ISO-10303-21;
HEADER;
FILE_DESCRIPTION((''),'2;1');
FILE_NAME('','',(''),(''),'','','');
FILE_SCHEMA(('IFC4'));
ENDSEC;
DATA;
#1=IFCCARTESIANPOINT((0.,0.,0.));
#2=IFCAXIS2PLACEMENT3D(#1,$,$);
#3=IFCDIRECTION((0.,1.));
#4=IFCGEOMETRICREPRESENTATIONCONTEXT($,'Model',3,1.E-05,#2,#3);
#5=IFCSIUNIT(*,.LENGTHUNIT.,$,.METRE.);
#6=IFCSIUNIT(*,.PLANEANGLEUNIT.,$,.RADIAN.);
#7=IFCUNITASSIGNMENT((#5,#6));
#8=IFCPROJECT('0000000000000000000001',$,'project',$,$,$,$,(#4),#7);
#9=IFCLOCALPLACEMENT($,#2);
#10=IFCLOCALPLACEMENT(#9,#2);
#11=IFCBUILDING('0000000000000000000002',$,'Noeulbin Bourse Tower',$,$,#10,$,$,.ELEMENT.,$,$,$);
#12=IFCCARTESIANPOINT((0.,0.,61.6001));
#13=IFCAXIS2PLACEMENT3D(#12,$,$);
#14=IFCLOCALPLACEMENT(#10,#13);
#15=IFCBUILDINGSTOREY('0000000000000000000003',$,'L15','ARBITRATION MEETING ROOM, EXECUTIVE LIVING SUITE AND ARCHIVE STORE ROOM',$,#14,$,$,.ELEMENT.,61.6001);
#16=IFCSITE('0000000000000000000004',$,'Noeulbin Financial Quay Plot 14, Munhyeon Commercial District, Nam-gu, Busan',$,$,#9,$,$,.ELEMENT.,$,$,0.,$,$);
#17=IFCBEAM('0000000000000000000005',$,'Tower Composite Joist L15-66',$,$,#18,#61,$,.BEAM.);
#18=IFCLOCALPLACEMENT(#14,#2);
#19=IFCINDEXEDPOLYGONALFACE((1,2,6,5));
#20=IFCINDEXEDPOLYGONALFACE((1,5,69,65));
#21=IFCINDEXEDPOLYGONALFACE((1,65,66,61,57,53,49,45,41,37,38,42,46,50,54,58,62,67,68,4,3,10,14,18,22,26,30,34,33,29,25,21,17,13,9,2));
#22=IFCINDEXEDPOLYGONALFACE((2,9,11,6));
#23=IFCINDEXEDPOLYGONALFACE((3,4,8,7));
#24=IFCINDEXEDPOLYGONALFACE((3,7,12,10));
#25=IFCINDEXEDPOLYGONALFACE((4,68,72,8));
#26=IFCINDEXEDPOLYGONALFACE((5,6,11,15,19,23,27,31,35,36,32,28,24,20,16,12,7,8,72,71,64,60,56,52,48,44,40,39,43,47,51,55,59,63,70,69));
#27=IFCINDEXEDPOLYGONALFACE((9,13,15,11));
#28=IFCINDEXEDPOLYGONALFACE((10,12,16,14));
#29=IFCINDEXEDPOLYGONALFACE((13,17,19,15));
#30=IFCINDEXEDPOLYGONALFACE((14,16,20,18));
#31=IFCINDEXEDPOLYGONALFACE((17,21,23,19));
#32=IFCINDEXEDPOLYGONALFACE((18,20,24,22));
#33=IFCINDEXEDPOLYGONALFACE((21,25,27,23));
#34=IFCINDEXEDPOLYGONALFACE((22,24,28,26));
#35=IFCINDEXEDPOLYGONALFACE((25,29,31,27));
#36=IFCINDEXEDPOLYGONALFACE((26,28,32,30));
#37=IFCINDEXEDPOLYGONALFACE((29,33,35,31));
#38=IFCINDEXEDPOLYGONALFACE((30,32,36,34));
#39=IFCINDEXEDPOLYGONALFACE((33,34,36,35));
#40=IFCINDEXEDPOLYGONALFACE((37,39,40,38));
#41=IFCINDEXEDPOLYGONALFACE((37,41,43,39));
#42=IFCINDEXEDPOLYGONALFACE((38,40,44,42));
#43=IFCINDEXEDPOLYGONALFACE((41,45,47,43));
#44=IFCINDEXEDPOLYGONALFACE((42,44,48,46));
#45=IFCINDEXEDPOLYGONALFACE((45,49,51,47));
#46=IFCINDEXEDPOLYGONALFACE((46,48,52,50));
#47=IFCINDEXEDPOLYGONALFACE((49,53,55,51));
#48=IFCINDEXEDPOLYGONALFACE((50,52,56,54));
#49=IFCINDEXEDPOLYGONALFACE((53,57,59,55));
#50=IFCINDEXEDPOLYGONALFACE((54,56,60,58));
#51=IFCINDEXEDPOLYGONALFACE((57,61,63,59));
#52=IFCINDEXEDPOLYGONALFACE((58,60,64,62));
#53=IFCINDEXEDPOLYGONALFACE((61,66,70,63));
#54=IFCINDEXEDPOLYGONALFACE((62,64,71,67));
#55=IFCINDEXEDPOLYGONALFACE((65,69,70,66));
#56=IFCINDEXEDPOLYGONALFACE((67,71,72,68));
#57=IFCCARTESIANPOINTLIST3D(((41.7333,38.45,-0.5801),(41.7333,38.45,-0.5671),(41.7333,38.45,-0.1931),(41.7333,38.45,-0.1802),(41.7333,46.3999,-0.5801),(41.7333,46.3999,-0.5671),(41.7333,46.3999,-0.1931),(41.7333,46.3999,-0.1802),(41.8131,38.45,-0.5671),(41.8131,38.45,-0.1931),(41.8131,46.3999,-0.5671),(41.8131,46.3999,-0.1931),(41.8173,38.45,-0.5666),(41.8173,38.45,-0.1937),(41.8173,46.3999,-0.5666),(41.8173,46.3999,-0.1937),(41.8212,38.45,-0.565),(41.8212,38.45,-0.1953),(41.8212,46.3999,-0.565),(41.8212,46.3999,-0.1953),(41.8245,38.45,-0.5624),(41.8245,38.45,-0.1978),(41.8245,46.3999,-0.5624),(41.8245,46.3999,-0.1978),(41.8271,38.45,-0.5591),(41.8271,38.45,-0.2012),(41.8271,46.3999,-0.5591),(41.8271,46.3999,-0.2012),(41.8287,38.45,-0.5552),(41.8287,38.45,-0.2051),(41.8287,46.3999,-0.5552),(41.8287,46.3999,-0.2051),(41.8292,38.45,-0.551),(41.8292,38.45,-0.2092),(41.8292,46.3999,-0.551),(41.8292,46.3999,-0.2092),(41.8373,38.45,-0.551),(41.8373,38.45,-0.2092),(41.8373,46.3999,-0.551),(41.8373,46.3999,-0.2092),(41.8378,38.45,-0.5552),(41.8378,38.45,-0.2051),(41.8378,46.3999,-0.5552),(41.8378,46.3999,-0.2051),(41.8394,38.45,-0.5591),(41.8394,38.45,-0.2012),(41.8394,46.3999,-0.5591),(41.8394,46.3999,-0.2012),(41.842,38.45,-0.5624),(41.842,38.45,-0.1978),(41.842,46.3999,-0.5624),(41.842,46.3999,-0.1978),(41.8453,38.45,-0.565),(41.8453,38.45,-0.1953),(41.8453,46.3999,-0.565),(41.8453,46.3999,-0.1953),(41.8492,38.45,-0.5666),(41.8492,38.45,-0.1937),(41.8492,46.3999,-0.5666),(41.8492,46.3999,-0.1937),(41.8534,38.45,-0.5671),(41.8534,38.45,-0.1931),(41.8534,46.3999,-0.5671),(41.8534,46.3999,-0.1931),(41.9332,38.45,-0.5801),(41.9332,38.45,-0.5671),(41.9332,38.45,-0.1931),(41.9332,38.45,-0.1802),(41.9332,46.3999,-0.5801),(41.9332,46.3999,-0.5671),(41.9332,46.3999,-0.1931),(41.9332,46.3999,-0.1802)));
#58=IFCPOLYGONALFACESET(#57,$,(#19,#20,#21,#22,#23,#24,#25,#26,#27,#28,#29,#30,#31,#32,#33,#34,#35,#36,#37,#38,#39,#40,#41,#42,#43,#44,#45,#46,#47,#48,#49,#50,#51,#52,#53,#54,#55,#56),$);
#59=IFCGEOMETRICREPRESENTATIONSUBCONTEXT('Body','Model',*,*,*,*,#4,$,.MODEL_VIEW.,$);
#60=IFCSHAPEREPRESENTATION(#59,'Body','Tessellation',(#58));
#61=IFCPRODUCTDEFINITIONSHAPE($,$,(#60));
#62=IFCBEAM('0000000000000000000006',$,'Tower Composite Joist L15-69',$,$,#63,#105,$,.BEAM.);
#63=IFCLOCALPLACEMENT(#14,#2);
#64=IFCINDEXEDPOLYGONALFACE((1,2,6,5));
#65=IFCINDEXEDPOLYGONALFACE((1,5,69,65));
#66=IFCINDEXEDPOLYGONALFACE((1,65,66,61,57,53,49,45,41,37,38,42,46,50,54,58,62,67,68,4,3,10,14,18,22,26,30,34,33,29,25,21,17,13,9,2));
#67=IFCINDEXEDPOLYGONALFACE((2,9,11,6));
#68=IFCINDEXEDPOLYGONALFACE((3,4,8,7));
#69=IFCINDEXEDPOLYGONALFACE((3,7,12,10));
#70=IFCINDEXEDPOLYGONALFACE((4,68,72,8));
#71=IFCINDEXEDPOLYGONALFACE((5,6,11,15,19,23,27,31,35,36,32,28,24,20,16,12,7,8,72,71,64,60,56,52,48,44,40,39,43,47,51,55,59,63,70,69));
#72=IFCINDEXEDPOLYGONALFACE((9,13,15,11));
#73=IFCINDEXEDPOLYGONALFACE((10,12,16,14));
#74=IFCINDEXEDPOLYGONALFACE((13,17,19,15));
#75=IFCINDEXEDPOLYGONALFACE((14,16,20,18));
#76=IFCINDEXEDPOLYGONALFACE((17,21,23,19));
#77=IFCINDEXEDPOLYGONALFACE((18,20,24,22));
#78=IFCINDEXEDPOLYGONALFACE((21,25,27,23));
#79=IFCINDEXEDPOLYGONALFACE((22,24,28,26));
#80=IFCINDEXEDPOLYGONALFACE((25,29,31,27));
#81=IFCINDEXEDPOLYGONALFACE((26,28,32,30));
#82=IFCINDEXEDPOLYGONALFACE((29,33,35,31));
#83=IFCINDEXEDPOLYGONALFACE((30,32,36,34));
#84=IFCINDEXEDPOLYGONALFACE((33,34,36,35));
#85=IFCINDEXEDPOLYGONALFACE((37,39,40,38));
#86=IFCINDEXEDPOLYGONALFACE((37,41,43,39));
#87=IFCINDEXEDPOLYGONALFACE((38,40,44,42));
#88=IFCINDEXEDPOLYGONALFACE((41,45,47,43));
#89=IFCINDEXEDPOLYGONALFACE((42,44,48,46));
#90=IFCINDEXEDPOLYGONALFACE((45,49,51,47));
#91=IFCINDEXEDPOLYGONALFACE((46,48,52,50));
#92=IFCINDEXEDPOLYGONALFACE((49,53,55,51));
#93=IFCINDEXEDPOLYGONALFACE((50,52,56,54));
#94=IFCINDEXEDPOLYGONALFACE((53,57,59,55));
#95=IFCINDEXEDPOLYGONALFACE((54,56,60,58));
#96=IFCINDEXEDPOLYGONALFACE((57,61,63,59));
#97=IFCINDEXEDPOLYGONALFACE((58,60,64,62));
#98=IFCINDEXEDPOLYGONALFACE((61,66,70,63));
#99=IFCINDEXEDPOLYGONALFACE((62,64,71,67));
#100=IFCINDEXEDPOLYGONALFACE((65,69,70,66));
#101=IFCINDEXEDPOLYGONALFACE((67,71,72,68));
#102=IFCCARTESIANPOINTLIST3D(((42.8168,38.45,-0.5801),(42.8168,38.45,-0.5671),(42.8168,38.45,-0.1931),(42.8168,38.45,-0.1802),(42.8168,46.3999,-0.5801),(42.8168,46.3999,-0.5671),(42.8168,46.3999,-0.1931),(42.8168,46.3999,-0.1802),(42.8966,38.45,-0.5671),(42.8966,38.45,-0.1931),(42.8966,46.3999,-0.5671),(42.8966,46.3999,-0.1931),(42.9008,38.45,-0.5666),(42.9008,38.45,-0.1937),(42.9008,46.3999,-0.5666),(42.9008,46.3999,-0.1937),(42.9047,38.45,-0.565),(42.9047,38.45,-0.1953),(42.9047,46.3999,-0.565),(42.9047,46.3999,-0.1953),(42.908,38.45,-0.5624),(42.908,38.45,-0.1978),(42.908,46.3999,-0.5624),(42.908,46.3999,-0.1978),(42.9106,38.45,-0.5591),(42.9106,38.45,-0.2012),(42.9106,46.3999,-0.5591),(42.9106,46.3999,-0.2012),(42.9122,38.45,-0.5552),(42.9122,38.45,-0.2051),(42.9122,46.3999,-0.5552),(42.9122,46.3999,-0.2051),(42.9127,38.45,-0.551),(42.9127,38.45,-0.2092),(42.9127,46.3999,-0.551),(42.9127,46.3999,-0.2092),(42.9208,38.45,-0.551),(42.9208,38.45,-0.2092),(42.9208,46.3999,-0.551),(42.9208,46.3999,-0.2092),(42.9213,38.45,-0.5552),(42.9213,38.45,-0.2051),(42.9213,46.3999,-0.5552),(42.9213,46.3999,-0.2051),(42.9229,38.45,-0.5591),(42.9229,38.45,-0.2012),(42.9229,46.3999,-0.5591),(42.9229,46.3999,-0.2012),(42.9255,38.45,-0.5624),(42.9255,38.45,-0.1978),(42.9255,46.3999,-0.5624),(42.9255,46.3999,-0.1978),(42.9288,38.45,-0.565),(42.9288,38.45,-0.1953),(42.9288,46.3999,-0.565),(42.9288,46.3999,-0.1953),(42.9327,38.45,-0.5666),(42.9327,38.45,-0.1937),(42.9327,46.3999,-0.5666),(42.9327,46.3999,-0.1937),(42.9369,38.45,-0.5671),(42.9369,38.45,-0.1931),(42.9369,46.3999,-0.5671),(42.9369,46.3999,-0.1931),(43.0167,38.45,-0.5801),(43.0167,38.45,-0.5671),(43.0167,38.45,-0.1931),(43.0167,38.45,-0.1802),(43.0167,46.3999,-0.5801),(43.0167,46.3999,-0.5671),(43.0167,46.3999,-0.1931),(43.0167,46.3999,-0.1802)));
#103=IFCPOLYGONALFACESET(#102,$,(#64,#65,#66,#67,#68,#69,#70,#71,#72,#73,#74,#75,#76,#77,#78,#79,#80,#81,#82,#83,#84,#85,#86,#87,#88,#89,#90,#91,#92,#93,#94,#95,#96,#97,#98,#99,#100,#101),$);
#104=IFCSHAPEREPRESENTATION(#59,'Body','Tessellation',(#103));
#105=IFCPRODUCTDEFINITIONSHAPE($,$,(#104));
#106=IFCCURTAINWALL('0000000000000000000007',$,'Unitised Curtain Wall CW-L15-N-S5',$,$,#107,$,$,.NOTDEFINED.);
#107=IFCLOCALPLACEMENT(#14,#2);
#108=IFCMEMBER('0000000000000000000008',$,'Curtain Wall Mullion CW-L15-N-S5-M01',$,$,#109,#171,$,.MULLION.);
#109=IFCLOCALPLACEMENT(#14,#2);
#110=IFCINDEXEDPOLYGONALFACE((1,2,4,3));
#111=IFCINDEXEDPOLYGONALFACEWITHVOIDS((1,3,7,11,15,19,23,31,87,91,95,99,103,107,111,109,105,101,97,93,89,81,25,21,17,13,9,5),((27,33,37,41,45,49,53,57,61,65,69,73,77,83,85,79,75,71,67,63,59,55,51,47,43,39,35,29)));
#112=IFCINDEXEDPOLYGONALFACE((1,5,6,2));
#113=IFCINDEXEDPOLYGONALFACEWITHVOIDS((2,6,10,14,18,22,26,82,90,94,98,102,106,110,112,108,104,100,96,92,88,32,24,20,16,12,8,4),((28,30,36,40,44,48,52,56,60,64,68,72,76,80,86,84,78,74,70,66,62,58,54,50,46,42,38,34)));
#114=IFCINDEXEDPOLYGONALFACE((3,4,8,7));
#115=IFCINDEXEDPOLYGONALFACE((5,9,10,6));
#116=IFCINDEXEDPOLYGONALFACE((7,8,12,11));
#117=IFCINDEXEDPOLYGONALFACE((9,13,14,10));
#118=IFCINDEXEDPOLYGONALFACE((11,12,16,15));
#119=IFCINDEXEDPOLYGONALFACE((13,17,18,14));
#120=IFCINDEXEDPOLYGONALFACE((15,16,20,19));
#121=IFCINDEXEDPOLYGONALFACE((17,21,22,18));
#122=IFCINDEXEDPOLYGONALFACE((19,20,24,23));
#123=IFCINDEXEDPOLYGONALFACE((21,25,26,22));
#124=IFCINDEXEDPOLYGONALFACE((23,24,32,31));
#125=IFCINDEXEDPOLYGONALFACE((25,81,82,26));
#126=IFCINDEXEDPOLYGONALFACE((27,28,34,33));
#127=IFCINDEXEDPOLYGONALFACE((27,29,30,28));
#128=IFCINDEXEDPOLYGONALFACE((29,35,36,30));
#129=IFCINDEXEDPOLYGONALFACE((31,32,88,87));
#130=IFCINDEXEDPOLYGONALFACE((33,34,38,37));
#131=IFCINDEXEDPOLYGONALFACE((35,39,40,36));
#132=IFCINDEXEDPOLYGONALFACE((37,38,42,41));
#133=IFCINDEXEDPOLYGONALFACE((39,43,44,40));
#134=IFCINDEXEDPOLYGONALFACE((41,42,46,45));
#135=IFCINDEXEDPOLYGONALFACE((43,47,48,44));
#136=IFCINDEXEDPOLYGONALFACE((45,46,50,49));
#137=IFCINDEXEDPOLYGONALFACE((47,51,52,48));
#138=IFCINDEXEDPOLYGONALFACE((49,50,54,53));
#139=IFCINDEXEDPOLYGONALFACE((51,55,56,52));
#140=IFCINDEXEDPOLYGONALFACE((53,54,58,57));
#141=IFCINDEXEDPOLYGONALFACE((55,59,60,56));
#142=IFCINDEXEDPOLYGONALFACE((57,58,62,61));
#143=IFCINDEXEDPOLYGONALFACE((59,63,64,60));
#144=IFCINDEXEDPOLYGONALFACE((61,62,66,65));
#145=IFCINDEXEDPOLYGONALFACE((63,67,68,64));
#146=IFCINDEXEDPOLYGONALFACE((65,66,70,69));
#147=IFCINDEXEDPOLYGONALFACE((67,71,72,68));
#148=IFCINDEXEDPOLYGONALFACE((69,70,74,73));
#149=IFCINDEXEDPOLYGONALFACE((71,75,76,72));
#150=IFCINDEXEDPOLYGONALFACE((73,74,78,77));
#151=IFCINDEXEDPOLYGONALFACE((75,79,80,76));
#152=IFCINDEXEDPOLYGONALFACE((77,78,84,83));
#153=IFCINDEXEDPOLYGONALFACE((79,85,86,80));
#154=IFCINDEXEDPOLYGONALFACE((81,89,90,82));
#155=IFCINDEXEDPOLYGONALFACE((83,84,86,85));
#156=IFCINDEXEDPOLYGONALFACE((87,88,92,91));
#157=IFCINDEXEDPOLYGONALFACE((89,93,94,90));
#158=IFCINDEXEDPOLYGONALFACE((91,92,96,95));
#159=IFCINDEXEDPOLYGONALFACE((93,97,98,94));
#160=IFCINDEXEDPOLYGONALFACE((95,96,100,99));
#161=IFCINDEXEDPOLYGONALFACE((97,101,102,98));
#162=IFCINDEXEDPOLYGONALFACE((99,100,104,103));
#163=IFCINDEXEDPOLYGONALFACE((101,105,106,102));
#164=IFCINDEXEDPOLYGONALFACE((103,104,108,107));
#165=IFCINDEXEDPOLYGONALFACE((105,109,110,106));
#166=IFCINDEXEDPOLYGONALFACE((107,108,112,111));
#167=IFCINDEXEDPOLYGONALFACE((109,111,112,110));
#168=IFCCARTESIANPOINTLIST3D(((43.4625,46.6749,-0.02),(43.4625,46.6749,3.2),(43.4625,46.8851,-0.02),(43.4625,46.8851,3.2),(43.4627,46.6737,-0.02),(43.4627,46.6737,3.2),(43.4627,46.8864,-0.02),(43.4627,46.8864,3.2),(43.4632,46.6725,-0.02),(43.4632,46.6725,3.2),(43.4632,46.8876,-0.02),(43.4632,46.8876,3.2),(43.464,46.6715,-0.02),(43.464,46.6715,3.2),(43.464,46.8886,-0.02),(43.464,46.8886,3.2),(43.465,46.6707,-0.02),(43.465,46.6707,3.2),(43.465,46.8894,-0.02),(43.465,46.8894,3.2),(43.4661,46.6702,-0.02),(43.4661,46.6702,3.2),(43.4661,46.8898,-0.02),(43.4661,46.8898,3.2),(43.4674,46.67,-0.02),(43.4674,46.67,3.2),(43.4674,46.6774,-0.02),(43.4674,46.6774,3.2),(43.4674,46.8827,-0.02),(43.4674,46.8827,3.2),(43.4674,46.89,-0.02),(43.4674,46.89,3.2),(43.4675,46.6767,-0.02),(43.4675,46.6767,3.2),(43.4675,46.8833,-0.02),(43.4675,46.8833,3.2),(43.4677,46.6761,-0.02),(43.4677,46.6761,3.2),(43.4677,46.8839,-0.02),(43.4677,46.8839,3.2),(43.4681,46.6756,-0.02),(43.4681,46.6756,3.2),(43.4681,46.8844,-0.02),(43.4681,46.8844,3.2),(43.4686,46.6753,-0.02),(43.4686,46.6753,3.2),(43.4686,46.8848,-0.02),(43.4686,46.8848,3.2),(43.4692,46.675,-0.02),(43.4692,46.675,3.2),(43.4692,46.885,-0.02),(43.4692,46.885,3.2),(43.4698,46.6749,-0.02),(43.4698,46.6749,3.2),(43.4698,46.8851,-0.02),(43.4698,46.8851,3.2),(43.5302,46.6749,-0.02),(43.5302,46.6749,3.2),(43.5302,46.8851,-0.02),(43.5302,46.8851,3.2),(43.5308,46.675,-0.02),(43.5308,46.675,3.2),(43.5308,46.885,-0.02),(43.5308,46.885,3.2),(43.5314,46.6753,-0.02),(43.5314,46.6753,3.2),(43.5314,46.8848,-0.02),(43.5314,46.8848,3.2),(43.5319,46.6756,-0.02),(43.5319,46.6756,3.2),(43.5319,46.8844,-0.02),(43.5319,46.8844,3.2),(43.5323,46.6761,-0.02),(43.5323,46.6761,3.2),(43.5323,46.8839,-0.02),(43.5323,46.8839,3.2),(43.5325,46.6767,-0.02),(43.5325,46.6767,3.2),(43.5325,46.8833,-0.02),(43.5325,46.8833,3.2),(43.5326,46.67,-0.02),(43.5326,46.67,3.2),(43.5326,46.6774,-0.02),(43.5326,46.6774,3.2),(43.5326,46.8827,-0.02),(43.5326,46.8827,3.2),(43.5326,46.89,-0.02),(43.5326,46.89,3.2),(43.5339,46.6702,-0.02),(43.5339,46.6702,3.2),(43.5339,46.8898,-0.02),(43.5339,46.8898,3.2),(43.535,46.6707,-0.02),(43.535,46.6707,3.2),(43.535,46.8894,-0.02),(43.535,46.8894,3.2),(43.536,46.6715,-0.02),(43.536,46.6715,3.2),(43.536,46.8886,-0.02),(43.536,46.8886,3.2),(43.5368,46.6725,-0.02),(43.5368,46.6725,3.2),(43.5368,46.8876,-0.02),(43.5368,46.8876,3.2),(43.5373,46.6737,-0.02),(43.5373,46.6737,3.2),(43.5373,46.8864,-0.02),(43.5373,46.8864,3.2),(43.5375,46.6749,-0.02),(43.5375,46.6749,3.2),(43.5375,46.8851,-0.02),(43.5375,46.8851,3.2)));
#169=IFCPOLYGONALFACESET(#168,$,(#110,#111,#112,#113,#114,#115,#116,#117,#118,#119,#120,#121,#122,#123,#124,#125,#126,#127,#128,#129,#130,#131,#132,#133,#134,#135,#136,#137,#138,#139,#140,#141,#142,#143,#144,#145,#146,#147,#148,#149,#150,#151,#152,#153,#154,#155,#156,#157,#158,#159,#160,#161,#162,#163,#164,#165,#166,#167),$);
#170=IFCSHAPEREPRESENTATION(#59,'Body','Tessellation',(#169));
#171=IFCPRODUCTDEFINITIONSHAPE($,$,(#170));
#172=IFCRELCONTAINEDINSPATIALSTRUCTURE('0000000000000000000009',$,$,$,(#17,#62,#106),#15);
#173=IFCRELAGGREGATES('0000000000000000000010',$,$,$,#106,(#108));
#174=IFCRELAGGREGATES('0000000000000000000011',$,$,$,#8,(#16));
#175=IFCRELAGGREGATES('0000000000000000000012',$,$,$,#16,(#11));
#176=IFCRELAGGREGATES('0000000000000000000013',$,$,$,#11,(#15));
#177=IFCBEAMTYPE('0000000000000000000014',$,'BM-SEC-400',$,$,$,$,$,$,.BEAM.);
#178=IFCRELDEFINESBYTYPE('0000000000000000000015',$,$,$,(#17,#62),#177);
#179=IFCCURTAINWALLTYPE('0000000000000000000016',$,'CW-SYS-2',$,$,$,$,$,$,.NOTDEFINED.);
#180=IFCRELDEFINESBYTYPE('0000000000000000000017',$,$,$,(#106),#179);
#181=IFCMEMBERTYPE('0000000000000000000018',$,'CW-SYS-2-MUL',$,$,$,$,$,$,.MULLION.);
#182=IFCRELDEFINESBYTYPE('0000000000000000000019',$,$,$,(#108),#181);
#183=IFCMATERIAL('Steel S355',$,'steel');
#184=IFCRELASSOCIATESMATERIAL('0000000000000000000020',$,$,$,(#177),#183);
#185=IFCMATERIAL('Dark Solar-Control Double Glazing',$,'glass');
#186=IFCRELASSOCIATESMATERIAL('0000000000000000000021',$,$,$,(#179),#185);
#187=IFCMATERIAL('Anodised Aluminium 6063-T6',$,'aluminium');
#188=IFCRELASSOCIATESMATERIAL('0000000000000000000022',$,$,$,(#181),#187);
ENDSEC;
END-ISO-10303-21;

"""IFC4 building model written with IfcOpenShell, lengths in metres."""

from ifc_helpers import new_model, si_unit, direction, frame, origin, origin_2d, place, context, subcontext, project, spatial, hollow_rectangle, i_section, extrude, material, material_profile, profile_set, type_object, element, aggregate, save


model = new_model("IFC4")

# Units and contexts
model_context = context("Model", 3, precision=1e-05, world=origin(), true_north=direction((0.0, 1.0)))
body_context = subcontext(model_context, "Body", "Model", "MODEL_VIEW")
ifc_project = project(units=[si_unit("LENGTHUNIT", "METRE"), si_unit("PLANEANGLEUNIT", "RADIAN")], contexts=[model_context])

# Site, building, storey
site_placement = place(None, origin())
site = spatial("IfcSite", under=ifc_project, at=site_placement, Name="Noeulbin Financial Quay Plot 14, Munhyeon Commercial District, Nam-gu, Busan", CompositionType="ELEMENT", RefElevation=0.0)
building_placement = place(site_placement, origin())
building = spatial("IfcBuilding", under=site, at=building_placement, Name="Noeulbin Bourse Tower", CompositionType="ELEMENT")
storey_placement = place(building_placement, frame((0.0, 0.0, 61.6001)))
storey = spatial("IfcBuildingStorey", under=building, at=storey_placement, Name="L15", Description="ARBITRATION MEETING ROOM, EXECUTIVE LIVING SUITE AND ARCHIVE STORE ROOM", CompositionType="ELEMENT", Elevation=61.6001)

# Beams
ifc_material_1 = material(Name="Steel S355", Category="steel")
ifc_material_profile_1 = material_profile(ifc_material_1, i_section(OverallWidth=0.2, OverallDepth=0.3999, WebThickness=0.0081, FlangeThickness=0.0129, FilletRadius=0.0161, at=origin_2d()), Name="H-400x200x8x13", Category="LoadBearing")
ifc_profile_set_1 = profile_set([ifc_material_profile_1], Name="Steel S355")
beam_type_1 = type_object("IfcBeamType", Name="BM-SEC-400", PredefinedType="BEAM", material=ifc_profile_set_1)
for number, where, z_axis, x_axis, name in (
    (1, (41.8333, 38.45, -0.3801), (0.0, 1.0, 0.0), (-1.0, 0.0, 0.0), "Tower Composite Joist L15-66"),
    (2, (42.9167, 38.45, -0.3801), (0.0, 1.0, 0.0), (-1.0, 0.0, 0.0), "Tower Composite Joist L15-69"),
):
    element("IfcBeam", number, at=place(storey_placement, frame(where, z_axis=z_axis, x_axis=x_axis)), inside=storey, type_object=beam_type_1, Name=name, PredefinedType="BEAM", context=body_context, shape_type="SweptSolid", body=[
        extrude(i_section(OverallWidth=0.2, OverallDepth=0.3999, WebThickness=0.0081, FlangeThickness=0.0129, FilletRadius=0.0161, at=origin_2d()), origin(), (0.0, 0.0, 1.0), 7.95),
    ])

# Curtain wall, member
ifc_material_2 = material(Name="Dark Solar-Control Double Glazing", Category="glass")
curtain_wall_type = type_object("IfcCurtainWallType", Name="CW-SYS-2", PredefinedType="NOTDEFINED", material=ifc_material_2)
curtain_wall_1_placement = place(storey_placement, origin())
curtain_wall_1 = element("IfcCurtainWall", 3, at=curtain_wall_1_placement, inside=storey, type_object=curtain_wall_type, Name="Unitised Curtain Wall CW-L15-N-S5", PredefinedType="NOTDEFINED")
ifc_material_3 = material(Name="Anodised Aluminium 6063-T6", Category="aluminium")
ifc_material_profile_2 = material_profile(ifc_material_3, hollow_rectangle(XDim=0.075, YDim=0.22, WallThickness=0.0049, InnerFilletRadius=0.0024, OuterFilletRadius=0.0049, at=origin_2d()), Name="ALU-MULL-75x220x5", Category="LoadBearing")
ifc_profile_set_2 = profile_set([ifc_material_profile_2], Name="Anodised Aluminium 6063-T6")
member_type_1 = type_object("IfcMemberType", Name="CW-SYS-2-MUL", PredefinedType="MULLION", material=ifc_profile_set_2)
member_1_placement = place(storey_placement, frame((43.5, 46.78, -0.02), z_axis=(0.0, 0.0, 1.0), x_axis=(1.0, 0.0, 0.0)))
member_1 = element("IfcMember", 4, at=member_1_placement, type_object=member_type_1, Name="Curtain Wall Mullion CW-L15-N-S5-M01", PredefinedType="MULLION", context=body_context, shape_type="SweptSolid", body=[
    extrude(hollow_rectangle(XDim=0.075, YDim=0.22, WallThickness=0.0049, InnerFilletRadius=0.0024, OuterFilletRadius=0.0049, at=origin_2d()), origin(), (0.0, 0.0, 1.0), 3.22),
])
aggregate(curtain_wall_1, [member_1])

save(model, "model.ifc")
